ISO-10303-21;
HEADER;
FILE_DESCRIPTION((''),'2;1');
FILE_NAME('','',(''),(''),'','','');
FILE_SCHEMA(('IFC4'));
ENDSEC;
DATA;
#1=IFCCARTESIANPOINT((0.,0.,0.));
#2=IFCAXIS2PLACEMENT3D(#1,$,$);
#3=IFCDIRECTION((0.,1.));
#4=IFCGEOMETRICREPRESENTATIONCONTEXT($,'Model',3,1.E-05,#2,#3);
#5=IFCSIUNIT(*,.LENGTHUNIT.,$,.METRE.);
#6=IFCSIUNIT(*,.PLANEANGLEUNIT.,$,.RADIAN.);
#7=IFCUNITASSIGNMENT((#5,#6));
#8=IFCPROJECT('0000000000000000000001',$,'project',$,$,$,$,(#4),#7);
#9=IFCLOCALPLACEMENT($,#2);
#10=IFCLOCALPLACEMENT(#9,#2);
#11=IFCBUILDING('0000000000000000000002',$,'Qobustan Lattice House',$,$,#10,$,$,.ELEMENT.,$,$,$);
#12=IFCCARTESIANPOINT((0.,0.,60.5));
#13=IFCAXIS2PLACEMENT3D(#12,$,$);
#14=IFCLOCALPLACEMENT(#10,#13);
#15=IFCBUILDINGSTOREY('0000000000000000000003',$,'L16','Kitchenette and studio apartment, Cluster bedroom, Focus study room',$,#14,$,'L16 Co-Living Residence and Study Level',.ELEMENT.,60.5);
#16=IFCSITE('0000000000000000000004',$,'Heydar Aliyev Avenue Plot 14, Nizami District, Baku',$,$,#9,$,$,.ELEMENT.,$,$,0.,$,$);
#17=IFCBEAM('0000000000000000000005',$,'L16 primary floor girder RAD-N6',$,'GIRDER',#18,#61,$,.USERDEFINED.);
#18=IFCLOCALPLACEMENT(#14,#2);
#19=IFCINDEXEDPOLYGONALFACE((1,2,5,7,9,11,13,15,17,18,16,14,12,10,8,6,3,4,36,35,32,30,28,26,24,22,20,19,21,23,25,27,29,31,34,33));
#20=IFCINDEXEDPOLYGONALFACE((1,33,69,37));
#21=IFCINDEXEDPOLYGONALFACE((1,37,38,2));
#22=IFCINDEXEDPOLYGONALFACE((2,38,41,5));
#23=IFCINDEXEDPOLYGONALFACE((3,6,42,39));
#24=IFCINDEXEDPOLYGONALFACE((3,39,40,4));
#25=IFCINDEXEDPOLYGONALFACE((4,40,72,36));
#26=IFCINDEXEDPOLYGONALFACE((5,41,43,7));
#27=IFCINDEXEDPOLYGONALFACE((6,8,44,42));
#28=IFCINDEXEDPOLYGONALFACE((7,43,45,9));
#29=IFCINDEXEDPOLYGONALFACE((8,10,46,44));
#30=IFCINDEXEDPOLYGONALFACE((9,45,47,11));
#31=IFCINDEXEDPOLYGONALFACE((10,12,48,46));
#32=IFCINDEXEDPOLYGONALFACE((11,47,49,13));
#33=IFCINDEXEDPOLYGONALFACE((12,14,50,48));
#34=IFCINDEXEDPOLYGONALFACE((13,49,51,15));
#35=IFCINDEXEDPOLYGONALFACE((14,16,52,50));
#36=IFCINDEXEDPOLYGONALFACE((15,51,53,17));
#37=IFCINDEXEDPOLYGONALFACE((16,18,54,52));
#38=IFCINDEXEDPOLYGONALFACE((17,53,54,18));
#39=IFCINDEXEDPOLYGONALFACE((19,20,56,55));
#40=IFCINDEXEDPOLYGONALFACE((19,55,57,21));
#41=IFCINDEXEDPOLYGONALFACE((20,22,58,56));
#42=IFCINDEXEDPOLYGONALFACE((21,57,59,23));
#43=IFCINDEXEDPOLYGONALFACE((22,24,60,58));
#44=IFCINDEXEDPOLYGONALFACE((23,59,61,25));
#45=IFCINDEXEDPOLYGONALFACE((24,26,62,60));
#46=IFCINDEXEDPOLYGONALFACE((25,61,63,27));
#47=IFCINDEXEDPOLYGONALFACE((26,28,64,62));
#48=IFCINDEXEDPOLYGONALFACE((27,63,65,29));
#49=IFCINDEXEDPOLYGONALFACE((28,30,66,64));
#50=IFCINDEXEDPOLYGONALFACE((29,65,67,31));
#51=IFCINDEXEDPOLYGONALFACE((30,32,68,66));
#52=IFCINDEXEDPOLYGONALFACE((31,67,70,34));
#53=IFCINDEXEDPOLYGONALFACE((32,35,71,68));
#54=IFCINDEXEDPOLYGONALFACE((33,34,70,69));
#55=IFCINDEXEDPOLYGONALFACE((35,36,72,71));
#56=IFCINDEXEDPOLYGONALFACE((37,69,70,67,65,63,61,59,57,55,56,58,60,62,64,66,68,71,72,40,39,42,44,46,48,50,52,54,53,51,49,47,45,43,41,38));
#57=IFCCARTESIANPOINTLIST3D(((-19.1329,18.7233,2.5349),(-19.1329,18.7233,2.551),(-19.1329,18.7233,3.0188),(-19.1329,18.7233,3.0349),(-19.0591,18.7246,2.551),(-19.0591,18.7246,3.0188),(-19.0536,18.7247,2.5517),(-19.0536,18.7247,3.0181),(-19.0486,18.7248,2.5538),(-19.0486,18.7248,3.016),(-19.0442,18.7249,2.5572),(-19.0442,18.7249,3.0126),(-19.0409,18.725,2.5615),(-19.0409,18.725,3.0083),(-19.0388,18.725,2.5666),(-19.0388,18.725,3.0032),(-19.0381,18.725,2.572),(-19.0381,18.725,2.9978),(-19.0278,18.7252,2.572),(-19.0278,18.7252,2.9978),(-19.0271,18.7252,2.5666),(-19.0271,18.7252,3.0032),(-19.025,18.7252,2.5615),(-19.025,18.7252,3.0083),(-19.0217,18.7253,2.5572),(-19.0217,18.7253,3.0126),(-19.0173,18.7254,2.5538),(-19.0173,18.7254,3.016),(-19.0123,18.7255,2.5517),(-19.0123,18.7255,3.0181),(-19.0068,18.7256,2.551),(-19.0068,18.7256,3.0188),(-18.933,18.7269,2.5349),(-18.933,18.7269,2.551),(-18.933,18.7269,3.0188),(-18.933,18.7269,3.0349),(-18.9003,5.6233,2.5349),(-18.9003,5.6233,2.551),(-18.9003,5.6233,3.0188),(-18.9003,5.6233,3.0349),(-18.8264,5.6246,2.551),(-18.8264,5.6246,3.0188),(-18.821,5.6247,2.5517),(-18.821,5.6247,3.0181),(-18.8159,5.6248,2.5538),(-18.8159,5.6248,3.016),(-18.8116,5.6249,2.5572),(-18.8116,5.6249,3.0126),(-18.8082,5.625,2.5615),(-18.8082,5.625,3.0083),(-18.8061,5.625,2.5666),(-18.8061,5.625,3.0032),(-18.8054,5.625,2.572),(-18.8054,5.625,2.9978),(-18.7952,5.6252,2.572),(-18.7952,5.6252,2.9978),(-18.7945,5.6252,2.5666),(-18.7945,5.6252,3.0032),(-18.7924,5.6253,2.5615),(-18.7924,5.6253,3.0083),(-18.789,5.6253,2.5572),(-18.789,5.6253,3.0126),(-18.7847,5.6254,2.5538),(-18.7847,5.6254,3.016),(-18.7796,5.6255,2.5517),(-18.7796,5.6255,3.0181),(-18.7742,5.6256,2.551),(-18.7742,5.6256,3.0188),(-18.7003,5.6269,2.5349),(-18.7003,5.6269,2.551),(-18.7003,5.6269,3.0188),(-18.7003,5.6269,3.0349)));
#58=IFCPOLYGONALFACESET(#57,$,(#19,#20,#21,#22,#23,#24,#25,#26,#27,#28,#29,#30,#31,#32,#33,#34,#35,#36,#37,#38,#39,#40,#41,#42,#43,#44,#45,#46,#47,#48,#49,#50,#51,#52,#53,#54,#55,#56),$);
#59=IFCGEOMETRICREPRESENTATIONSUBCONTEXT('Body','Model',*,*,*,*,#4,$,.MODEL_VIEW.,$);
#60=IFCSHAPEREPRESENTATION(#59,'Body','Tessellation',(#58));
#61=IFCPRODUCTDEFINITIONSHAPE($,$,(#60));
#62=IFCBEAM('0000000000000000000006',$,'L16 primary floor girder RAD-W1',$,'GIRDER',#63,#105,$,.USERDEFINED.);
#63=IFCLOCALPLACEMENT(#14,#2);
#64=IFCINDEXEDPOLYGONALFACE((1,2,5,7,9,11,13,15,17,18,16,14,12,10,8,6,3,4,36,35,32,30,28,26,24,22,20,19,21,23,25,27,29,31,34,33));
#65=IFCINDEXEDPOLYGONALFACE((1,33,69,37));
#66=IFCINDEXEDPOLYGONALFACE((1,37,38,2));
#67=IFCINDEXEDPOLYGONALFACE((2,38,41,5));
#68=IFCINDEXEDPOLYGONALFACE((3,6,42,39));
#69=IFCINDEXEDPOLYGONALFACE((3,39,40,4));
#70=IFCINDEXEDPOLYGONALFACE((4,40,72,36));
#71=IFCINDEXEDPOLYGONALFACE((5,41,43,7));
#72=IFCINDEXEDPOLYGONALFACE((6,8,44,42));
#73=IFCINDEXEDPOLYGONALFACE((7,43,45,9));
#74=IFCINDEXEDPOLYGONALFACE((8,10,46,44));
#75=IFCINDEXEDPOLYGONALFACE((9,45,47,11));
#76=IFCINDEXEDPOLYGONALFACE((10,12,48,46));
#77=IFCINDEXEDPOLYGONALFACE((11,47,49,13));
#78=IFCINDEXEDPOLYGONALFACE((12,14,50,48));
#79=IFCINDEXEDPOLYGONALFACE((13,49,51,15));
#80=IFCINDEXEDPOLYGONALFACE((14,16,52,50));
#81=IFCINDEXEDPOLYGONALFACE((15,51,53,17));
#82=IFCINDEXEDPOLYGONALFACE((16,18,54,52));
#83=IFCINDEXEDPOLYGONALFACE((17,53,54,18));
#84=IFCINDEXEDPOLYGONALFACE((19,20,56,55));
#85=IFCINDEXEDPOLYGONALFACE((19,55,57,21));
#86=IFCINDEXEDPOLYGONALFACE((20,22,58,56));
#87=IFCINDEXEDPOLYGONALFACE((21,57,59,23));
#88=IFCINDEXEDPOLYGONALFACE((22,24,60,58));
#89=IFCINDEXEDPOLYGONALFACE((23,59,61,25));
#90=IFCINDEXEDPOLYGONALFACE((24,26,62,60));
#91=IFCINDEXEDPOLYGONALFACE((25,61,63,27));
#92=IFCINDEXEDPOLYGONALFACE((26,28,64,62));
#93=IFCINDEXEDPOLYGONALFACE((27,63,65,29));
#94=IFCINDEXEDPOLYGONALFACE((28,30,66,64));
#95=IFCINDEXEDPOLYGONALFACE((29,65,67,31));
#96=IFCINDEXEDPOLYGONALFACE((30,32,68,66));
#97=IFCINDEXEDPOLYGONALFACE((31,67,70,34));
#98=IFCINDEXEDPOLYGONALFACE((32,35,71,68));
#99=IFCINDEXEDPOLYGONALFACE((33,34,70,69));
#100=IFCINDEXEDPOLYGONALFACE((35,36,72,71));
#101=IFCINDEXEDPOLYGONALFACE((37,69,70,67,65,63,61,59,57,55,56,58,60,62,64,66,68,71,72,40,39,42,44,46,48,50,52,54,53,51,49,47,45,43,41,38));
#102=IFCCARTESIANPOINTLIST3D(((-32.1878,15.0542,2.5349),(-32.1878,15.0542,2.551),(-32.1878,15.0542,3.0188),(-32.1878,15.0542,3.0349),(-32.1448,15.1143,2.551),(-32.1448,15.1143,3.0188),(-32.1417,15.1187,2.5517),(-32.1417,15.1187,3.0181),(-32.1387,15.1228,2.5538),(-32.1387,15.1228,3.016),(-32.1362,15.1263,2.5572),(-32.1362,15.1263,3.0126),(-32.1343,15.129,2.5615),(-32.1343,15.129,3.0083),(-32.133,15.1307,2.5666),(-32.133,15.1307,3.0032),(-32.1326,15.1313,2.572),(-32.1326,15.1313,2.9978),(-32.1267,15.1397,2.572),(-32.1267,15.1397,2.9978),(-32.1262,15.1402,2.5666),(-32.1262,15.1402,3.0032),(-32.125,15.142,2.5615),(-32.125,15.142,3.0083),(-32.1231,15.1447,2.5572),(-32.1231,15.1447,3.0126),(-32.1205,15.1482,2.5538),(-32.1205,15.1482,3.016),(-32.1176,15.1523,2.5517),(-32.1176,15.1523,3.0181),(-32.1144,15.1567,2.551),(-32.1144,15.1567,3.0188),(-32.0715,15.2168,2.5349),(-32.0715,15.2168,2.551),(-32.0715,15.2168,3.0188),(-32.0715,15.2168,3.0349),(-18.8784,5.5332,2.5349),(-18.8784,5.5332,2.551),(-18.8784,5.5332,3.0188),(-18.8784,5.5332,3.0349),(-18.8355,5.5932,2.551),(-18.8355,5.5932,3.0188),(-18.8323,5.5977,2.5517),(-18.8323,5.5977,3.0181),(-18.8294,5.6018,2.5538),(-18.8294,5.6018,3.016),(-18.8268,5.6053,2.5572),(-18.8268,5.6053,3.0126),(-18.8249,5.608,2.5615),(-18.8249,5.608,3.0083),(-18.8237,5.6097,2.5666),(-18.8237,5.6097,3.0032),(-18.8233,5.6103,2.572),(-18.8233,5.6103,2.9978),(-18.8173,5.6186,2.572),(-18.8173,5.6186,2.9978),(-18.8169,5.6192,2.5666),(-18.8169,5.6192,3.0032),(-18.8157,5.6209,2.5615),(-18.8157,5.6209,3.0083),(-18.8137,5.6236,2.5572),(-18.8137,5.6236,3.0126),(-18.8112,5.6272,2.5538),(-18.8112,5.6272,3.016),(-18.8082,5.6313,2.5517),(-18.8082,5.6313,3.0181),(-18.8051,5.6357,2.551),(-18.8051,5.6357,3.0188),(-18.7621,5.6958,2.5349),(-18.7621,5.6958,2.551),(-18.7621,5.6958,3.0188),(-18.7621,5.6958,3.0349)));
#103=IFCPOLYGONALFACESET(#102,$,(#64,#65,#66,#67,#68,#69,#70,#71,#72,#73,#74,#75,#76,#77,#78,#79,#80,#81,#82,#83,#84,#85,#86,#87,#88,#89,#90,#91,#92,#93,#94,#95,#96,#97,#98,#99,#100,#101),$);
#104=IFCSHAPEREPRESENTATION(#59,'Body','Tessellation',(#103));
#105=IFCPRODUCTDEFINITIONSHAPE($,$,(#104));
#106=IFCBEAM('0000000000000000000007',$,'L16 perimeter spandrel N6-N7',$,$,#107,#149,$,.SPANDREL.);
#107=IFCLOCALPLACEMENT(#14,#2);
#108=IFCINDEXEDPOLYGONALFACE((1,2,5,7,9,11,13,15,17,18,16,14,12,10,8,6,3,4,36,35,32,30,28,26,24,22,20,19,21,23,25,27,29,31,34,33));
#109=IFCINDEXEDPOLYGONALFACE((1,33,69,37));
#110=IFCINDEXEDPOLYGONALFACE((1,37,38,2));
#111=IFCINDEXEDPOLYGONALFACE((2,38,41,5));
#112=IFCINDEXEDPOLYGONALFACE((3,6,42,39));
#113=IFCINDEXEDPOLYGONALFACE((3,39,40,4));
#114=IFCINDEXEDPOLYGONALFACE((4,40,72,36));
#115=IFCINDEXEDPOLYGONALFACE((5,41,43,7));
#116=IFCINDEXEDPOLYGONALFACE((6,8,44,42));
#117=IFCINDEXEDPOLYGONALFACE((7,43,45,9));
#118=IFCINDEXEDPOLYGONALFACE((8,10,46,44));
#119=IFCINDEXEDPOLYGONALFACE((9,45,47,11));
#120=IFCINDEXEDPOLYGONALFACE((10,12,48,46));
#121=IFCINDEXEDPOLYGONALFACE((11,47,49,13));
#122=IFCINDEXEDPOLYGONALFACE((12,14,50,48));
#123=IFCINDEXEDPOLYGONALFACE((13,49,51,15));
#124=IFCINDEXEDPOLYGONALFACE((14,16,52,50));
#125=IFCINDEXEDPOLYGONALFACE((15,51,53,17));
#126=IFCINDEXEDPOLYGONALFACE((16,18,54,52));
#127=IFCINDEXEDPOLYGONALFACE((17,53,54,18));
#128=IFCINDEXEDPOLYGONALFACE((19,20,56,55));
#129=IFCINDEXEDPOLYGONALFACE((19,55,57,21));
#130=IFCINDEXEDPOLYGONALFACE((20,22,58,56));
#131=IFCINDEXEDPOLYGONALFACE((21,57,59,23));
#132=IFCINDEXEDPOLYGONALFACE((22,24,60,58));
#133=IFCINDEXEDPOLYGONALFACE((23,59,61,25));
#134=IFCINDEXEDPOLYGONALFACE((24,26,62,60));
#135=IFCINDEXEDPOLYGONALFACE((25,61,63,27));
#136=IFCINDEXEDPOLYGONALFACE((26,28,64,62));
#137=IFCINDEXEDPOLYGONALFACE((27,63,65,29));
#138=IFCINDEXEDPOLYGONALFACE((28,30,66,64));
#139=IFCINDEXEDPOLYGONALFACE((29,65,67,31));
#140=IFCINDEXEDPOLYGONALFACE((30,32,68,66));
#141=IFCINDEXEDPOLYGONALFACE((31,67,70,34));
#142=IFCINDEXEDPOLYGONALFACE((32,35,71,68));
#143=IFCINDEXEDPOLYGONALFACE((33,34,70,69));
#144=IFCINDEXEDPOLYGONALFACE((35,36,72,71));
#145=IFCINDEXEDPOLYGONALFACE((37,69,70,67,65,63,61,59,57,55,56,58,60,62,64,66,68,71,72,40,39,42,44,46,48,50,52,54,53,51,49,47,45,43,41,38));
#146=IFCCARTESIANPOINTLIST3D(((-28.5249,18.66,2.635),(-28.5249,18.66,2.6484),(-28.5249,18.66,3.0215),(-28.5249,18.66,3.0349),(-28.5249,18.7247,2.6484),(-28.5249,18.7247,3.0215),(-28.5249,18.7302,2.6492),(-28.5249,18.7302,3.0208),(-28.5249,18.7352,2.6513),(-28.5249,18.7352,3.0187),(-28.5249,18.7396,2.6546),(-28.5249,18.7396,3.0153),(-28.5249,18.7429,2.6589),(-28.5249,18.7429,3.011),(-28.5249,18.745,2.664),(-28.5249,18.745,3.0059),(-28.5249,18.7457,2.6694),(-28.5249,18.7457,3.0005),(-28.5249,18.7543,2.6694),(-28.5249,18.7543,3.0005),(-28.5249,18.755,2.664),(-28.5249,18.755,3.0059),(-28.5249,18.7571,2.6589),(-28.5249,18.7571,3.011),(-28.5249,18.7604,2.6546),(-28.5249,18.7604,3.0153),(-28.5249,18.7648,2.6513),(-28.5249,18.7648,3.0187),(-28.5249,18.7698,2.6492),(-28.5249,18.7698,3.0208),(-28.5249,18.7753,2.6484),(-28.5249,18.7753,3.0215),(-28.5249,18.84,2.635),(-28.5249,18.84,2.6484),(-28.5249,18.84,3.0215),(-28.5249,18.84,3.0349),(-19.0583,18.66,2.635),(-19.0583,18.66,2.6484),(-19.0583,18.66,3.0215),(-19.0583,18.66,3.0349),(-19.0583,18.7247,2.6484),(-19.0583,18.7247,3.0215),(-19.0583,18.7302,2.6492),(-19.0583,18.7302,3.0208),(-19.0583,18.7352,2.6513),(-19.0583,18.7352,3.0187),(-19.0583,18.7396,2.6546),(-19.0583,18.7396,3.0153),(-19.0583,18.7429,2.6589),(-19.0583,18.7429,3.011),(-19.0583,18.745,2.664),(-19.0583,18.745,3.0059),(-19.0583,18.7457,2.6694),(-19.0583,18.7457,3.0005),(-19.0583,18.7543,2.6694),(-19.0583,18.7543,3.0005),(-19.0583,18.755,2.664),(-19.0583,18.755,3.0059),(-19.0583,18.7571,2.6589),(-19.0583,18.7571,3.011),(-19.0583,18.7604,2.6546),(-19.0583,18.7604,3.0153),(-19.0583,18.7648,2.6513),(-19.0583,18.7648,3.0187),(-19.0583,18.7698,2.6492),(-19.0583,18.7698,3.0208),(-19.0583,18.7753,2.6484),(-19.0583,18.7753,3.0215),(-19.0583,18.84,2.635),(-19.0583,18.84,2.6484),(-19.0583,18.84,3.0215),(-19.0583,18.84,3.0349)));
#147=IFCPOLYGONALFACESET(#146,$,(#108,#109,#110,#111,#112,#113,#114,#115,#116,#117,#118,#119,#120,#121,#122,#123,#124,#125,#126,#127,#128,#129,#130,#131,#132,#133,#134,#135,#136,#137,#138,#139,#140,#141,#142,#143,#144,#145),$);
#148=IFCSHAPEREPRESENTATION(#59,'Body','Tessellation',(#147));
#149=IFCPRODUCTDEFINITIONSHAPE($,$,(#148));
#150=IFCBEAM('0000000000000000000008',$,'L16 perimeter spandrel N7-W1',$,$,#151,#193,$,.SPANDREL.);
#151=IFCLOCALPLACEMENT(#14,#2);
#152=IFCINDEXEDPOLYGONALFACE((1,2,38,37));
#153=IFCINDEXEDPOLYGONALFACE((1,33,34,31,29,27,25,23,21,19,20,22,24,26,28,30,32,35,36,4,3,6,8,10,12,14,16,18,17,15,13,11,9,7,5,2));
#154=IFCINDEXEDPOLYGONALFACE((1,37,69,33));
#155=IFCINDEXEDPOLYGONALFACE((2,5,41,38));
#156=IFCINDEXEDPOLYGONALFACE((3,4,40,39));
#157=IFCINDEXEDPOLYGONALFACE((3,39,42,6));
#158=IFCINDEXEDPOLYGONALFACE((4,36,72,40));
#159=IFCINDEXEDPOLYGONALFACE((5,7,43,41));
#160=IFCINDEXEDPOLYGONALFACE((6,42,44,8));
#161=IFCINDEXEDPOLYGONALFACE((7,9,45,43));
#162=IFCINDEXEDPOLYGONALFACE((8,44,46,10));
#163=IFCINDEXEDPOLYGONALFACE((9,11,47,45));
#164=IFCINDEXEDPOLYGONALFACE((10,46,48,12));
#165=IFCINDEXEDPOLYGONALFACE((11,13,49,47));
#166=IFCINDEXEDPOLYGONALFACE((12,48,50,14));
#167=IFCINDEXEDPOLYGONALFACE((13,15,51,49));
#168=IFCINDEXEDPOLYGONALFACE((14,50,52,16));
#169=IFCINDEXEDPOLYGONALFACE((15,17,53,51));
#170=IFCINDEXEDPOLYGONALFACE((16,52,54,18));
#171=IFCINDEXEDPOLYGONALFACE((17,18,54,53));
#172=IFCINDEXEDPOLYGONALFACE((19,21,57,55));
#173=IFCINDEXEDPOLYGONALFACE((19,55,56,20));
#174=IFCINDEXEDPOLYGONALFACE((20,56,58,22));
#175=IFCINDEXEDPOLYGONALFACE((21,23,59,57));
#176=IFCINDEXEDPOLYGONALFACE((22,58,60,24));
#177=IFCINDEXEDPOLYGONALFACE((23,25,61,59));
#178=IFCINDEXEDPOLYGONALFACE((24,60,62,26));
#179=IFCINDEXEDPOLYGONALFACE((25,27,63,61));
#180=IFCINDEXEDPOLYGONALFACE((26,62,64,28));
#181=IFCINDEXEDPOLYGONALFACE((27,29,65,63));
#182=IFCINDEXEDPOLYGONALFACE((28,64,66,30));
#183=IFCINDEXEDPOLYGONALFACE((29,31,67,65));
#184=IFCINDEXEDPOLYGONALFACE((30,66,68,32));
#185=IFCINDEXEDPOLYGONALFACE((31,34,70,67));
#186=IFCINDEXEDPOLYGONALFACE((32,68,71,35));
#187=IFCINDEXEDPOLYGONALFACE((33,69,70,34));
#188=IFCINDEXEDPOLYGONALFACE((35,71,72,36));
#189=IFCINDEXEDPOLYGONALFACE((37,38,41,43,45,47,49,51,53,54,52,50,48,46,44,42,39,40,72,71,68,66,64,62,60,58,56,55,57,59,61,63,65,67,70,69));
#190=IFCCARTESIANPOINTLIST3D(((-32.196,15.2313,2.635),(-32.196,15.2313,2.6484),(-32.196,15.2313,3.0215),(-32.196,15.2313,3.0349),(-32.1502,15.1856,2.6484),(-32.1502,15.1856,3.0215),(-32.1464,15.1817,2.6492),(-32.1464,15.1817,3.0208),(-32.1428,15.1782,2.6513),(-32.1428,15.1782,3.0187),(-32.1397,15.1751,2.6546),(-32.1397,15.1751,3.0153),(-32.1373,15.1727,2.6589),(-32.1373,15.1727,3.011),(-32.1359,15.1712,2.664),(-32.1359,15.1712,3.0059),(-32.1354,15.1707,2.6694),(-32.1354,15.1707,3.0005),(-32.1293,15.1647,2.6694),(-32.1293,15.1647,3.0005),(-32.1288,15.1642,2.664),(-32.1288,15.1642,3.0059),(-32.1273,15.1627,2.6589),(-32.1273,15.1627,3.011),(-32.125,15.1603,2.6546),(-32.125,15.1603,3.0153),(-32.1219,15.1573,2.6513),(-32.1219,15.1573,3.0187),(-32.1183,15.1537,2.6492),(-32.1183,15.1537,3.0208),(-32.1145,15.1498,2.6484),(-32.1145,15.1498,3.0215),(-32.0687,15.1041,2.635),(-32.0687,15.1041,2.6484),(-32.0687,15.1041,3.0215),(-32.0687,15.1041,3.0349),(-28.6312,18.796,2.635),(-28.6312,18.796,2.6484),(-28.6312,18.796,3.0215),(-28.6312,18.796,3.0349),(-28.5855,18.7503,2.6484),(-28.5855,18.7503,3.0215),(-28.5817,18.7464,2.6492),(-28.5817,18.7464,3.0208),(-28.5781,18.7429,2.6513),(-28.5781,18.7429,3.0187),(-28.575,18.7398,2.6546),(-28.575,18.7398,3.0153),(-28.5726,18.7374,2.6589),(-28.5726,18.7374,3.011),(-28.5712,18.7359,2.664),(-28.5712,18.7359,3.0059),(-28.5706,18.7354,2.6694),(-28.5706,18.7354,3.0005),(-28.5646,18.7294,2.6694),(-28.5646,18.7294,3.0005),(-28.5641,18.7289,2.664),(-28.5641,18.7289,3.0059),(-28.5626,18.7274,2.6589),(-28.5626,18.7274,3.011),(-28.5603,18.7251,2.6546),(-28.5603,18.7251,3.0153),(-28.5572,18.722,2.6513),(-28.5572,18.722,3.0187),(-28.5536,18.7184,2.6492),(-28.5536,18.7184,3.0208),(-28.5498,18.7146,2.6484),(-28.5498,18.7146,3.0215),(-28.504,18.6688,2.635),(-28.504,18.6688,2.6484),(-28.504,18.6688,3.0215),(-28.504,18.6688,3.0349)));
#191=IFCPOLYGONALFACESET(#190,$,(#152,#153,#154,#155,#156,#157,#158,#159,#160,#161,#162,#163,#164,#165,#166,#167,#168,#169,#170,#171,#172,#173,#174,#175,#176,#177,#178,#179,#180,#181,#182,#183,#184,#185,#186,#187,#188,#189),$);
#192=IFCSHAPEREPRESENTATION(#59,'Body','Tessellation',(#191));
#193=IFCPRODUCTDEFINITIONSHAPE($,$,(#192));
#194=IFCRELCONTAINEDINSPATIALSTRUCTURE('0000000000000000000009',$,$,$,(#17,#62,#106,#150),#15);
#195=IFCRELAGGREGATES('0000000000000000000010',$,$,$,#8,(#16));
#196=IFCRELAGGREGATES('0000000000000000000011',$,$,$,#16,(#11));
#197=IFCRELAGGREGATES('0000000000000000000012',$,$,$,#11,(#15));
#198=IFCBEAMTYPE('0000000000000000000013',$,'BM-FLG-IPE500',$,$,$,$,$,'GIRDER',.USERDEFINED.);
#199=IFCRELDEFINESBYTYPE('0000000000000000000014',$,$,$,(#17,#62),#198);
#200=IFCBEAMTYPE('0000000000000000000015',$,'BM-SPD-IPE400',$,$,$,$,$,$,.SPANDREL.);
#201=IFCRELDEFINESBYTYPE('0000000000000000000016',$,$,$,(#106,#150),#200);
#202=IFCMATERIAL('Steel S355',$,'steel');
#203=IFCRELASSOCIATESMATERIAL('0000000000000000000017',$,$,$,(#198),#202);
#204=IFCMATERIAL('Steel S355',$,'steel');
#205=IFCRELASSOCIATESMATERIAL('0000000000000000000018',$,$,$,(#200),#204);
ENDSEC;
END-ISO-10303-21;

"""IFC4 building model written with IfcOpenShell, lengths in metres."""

from ifc_helpers import new_model, si_unit, direction, frame, origin, origin_2d, place, context, subcontext, project, spatial, i_section, extrude, material, material_profile, profile_set, type_object, element, save


model = new_model("IFC4")

# Units and contexts
model_context = context("Model", 3, precision=1e-05, world=origin(), true_north=direction((0.0, 1.0)))
body_context = subcontext(model_context, "Body", "Model", "MODEL_VIEW")
ifc_project = project(units=[si_unit("LENGTHUNIT", "METRE"), si_unit("PLANEANGLEUNIT", "RADIAN")], contexts=[model_context])

# Site, building, storey
site_placement = place(None, origin())
site = spatial("IfcSite", under=ifc_project, at=site_placement, Name="Heydar Aliyev Avenue Plot 14, Nizami District, Baku", CompositionType="ELEMENT", RefElevation=0.0)
building_placement = place(site_placement, origin())
building = spatial("IfcBuilding", under=site, at=building_placement, Name="Qobustan Lattice House", CompositionType="ELEMENT")
storey_placement = place(building_placement, frame((0.0, 0.0, 60.5)))
storey = spatial("IfcBuildingStorey", under=building, at=storey_placement, Name="L16", Description="Kitchenette and studio apartment, Cluster bedroom, Focus study room", LongName="L16 Co-Living Residence and Study Level", CompositionType="ELEMENT", Elevation=60.5)

# Beams
ifc_material_1 = material(Name="Steel S355", Category="steel")
ifc_material_profile_1 = material_profile(ifc_material_1, i_section(OverallWidth=0.2, OverallDepth=0.5, WebThickness=0.0103, FlangeThickness=0.0161, FilletRadius=0.021, at=origin_2d()), Name="IPE500")
ifc_profile_set_1 = profile_set([ifc_material_profile_1], Name="Steel S355")
beam_type_1 = type_object("IfcBeamType", Name="BM-FLG-IPE500", ElementType="GIRDER", PredefinedType="USERDEFINED", material=ifc_profile_set_1)
beam_1_placement = place(storey_placement, frame((-19.033, 18.7251, 2.7849), z_axis=(0.017758, -0.999842, 0.0), x_axis=(0.999842, 0.017758, 0.0)))
element("IfcBeam", 1, at=beam_1_placement, inside=storey, type_object=beam_type_1, Name="L16 primary floor girder RAD-N6", ObjectType="GIRDER", PredefinedType="USERDEFINED", context=body_context, shape_type="SweptSolid", body=[
    extrude(i_section(OverallWidth=0.2, OverallDepth=0.5, WebThickness=0.0103, FlangeThickness=0.0161, FilletRadius=0.021, at=origin_2d()), origin(), (0.0, 0.0, 1.0), 13.1021),
])
beam_2_placement = place(storey_placement, frame((-32.1296, 15.1355, 2.7849), z_axis=(0.813319, -0.581818, 0.0), x_axis=(0.581818, 0.813319, 0.0)))
element("IfcBeam", 2, at=beam_2_placement, inside=storey, type_object=beam_type_1, Name="L16 primary floor girder RAD-W1", ObjectType="GIRDER", PredefinedType="USERDEFINED", context=body_context, shape_type="SweptSolid", body=[
    extrude(i_section(OverallWidth=0.2, OverallDepth=0.5, WebThickness=0.0103, FlangeThickness=0.0161, FilletRadius=0.021, at=origin_2d()), origin(), (0.0, 0.0, 1.0), 16.3643),
])
ifc_material_2 = material(Name="Steel S355", Category="steel")
ifc_material_profile_2 = material_profile(ifc_material_2, i_section(OverallWidth=0.1799, OverallDepth=0.3999, WebThickness=0.0085, FlangeThickness=0.0134, FilletRadius=0.021, at=origin_2d()), Name="IPE400")
ifc_profile_set_2 = profile_set([ifc_material_profile_2], Name="Steel S355")
beam_type_2 = type_object("IfcBeamType", Name="BM-SPD-IPE400", PredefinedType="SPANDREL", material=ifc_profile_set_2)
beam_3_placement = place(storey_placement, frame((-19.0583, 18.75, 2.835), z_axis=(-1.0, 0.0, 0.0), x_axis=(0.0, -1.0, 0.0)))
element("IfcBeam", 3, at=beam_3_placement, inside=storey, type_object=beam_type_2, Name="L16 perimeter spandrel N6-N7", PredefinedType="SPANDREL", context=body_context, shape_type="SweptSolid", body=[
    extrude(i_section(OverallWidth=0.1799, OverallDepth=0.3999, WebThickness=0.0085, FlangeThickness=0.0134, FilletRadius=0.021, at=origin_2d()), origin(), (0.0, 0.0, 1.0), 9.4666),
])
beam_4_placement = place(storey_placement, frame((-28.5676, 18.7324, 2.835), z_axis=(-0.707107, -0.707107, 0.0), x_axis=(0.707107, -0.707107, 0.0)))
element("IfcBeam", 4, at=beam_4_placement, inside=storey, type_object=beam_type_2, Name="L16 perimeter spandrel N7-W1", PredefinedType="SPANDREL", context=body_context, shape_type="SweptSolid", body=[
    extrude(i_section(OverallWidth=0.1799, OverallDepth=0.3999, WebThickness=0.0085, FlangeThickness=0.0134, FilletRadius=0.021, at=origin_2d()), origin(), (0.0, 0.0, 1.0), 5.0413),
])

save(model, "model.ifc")
